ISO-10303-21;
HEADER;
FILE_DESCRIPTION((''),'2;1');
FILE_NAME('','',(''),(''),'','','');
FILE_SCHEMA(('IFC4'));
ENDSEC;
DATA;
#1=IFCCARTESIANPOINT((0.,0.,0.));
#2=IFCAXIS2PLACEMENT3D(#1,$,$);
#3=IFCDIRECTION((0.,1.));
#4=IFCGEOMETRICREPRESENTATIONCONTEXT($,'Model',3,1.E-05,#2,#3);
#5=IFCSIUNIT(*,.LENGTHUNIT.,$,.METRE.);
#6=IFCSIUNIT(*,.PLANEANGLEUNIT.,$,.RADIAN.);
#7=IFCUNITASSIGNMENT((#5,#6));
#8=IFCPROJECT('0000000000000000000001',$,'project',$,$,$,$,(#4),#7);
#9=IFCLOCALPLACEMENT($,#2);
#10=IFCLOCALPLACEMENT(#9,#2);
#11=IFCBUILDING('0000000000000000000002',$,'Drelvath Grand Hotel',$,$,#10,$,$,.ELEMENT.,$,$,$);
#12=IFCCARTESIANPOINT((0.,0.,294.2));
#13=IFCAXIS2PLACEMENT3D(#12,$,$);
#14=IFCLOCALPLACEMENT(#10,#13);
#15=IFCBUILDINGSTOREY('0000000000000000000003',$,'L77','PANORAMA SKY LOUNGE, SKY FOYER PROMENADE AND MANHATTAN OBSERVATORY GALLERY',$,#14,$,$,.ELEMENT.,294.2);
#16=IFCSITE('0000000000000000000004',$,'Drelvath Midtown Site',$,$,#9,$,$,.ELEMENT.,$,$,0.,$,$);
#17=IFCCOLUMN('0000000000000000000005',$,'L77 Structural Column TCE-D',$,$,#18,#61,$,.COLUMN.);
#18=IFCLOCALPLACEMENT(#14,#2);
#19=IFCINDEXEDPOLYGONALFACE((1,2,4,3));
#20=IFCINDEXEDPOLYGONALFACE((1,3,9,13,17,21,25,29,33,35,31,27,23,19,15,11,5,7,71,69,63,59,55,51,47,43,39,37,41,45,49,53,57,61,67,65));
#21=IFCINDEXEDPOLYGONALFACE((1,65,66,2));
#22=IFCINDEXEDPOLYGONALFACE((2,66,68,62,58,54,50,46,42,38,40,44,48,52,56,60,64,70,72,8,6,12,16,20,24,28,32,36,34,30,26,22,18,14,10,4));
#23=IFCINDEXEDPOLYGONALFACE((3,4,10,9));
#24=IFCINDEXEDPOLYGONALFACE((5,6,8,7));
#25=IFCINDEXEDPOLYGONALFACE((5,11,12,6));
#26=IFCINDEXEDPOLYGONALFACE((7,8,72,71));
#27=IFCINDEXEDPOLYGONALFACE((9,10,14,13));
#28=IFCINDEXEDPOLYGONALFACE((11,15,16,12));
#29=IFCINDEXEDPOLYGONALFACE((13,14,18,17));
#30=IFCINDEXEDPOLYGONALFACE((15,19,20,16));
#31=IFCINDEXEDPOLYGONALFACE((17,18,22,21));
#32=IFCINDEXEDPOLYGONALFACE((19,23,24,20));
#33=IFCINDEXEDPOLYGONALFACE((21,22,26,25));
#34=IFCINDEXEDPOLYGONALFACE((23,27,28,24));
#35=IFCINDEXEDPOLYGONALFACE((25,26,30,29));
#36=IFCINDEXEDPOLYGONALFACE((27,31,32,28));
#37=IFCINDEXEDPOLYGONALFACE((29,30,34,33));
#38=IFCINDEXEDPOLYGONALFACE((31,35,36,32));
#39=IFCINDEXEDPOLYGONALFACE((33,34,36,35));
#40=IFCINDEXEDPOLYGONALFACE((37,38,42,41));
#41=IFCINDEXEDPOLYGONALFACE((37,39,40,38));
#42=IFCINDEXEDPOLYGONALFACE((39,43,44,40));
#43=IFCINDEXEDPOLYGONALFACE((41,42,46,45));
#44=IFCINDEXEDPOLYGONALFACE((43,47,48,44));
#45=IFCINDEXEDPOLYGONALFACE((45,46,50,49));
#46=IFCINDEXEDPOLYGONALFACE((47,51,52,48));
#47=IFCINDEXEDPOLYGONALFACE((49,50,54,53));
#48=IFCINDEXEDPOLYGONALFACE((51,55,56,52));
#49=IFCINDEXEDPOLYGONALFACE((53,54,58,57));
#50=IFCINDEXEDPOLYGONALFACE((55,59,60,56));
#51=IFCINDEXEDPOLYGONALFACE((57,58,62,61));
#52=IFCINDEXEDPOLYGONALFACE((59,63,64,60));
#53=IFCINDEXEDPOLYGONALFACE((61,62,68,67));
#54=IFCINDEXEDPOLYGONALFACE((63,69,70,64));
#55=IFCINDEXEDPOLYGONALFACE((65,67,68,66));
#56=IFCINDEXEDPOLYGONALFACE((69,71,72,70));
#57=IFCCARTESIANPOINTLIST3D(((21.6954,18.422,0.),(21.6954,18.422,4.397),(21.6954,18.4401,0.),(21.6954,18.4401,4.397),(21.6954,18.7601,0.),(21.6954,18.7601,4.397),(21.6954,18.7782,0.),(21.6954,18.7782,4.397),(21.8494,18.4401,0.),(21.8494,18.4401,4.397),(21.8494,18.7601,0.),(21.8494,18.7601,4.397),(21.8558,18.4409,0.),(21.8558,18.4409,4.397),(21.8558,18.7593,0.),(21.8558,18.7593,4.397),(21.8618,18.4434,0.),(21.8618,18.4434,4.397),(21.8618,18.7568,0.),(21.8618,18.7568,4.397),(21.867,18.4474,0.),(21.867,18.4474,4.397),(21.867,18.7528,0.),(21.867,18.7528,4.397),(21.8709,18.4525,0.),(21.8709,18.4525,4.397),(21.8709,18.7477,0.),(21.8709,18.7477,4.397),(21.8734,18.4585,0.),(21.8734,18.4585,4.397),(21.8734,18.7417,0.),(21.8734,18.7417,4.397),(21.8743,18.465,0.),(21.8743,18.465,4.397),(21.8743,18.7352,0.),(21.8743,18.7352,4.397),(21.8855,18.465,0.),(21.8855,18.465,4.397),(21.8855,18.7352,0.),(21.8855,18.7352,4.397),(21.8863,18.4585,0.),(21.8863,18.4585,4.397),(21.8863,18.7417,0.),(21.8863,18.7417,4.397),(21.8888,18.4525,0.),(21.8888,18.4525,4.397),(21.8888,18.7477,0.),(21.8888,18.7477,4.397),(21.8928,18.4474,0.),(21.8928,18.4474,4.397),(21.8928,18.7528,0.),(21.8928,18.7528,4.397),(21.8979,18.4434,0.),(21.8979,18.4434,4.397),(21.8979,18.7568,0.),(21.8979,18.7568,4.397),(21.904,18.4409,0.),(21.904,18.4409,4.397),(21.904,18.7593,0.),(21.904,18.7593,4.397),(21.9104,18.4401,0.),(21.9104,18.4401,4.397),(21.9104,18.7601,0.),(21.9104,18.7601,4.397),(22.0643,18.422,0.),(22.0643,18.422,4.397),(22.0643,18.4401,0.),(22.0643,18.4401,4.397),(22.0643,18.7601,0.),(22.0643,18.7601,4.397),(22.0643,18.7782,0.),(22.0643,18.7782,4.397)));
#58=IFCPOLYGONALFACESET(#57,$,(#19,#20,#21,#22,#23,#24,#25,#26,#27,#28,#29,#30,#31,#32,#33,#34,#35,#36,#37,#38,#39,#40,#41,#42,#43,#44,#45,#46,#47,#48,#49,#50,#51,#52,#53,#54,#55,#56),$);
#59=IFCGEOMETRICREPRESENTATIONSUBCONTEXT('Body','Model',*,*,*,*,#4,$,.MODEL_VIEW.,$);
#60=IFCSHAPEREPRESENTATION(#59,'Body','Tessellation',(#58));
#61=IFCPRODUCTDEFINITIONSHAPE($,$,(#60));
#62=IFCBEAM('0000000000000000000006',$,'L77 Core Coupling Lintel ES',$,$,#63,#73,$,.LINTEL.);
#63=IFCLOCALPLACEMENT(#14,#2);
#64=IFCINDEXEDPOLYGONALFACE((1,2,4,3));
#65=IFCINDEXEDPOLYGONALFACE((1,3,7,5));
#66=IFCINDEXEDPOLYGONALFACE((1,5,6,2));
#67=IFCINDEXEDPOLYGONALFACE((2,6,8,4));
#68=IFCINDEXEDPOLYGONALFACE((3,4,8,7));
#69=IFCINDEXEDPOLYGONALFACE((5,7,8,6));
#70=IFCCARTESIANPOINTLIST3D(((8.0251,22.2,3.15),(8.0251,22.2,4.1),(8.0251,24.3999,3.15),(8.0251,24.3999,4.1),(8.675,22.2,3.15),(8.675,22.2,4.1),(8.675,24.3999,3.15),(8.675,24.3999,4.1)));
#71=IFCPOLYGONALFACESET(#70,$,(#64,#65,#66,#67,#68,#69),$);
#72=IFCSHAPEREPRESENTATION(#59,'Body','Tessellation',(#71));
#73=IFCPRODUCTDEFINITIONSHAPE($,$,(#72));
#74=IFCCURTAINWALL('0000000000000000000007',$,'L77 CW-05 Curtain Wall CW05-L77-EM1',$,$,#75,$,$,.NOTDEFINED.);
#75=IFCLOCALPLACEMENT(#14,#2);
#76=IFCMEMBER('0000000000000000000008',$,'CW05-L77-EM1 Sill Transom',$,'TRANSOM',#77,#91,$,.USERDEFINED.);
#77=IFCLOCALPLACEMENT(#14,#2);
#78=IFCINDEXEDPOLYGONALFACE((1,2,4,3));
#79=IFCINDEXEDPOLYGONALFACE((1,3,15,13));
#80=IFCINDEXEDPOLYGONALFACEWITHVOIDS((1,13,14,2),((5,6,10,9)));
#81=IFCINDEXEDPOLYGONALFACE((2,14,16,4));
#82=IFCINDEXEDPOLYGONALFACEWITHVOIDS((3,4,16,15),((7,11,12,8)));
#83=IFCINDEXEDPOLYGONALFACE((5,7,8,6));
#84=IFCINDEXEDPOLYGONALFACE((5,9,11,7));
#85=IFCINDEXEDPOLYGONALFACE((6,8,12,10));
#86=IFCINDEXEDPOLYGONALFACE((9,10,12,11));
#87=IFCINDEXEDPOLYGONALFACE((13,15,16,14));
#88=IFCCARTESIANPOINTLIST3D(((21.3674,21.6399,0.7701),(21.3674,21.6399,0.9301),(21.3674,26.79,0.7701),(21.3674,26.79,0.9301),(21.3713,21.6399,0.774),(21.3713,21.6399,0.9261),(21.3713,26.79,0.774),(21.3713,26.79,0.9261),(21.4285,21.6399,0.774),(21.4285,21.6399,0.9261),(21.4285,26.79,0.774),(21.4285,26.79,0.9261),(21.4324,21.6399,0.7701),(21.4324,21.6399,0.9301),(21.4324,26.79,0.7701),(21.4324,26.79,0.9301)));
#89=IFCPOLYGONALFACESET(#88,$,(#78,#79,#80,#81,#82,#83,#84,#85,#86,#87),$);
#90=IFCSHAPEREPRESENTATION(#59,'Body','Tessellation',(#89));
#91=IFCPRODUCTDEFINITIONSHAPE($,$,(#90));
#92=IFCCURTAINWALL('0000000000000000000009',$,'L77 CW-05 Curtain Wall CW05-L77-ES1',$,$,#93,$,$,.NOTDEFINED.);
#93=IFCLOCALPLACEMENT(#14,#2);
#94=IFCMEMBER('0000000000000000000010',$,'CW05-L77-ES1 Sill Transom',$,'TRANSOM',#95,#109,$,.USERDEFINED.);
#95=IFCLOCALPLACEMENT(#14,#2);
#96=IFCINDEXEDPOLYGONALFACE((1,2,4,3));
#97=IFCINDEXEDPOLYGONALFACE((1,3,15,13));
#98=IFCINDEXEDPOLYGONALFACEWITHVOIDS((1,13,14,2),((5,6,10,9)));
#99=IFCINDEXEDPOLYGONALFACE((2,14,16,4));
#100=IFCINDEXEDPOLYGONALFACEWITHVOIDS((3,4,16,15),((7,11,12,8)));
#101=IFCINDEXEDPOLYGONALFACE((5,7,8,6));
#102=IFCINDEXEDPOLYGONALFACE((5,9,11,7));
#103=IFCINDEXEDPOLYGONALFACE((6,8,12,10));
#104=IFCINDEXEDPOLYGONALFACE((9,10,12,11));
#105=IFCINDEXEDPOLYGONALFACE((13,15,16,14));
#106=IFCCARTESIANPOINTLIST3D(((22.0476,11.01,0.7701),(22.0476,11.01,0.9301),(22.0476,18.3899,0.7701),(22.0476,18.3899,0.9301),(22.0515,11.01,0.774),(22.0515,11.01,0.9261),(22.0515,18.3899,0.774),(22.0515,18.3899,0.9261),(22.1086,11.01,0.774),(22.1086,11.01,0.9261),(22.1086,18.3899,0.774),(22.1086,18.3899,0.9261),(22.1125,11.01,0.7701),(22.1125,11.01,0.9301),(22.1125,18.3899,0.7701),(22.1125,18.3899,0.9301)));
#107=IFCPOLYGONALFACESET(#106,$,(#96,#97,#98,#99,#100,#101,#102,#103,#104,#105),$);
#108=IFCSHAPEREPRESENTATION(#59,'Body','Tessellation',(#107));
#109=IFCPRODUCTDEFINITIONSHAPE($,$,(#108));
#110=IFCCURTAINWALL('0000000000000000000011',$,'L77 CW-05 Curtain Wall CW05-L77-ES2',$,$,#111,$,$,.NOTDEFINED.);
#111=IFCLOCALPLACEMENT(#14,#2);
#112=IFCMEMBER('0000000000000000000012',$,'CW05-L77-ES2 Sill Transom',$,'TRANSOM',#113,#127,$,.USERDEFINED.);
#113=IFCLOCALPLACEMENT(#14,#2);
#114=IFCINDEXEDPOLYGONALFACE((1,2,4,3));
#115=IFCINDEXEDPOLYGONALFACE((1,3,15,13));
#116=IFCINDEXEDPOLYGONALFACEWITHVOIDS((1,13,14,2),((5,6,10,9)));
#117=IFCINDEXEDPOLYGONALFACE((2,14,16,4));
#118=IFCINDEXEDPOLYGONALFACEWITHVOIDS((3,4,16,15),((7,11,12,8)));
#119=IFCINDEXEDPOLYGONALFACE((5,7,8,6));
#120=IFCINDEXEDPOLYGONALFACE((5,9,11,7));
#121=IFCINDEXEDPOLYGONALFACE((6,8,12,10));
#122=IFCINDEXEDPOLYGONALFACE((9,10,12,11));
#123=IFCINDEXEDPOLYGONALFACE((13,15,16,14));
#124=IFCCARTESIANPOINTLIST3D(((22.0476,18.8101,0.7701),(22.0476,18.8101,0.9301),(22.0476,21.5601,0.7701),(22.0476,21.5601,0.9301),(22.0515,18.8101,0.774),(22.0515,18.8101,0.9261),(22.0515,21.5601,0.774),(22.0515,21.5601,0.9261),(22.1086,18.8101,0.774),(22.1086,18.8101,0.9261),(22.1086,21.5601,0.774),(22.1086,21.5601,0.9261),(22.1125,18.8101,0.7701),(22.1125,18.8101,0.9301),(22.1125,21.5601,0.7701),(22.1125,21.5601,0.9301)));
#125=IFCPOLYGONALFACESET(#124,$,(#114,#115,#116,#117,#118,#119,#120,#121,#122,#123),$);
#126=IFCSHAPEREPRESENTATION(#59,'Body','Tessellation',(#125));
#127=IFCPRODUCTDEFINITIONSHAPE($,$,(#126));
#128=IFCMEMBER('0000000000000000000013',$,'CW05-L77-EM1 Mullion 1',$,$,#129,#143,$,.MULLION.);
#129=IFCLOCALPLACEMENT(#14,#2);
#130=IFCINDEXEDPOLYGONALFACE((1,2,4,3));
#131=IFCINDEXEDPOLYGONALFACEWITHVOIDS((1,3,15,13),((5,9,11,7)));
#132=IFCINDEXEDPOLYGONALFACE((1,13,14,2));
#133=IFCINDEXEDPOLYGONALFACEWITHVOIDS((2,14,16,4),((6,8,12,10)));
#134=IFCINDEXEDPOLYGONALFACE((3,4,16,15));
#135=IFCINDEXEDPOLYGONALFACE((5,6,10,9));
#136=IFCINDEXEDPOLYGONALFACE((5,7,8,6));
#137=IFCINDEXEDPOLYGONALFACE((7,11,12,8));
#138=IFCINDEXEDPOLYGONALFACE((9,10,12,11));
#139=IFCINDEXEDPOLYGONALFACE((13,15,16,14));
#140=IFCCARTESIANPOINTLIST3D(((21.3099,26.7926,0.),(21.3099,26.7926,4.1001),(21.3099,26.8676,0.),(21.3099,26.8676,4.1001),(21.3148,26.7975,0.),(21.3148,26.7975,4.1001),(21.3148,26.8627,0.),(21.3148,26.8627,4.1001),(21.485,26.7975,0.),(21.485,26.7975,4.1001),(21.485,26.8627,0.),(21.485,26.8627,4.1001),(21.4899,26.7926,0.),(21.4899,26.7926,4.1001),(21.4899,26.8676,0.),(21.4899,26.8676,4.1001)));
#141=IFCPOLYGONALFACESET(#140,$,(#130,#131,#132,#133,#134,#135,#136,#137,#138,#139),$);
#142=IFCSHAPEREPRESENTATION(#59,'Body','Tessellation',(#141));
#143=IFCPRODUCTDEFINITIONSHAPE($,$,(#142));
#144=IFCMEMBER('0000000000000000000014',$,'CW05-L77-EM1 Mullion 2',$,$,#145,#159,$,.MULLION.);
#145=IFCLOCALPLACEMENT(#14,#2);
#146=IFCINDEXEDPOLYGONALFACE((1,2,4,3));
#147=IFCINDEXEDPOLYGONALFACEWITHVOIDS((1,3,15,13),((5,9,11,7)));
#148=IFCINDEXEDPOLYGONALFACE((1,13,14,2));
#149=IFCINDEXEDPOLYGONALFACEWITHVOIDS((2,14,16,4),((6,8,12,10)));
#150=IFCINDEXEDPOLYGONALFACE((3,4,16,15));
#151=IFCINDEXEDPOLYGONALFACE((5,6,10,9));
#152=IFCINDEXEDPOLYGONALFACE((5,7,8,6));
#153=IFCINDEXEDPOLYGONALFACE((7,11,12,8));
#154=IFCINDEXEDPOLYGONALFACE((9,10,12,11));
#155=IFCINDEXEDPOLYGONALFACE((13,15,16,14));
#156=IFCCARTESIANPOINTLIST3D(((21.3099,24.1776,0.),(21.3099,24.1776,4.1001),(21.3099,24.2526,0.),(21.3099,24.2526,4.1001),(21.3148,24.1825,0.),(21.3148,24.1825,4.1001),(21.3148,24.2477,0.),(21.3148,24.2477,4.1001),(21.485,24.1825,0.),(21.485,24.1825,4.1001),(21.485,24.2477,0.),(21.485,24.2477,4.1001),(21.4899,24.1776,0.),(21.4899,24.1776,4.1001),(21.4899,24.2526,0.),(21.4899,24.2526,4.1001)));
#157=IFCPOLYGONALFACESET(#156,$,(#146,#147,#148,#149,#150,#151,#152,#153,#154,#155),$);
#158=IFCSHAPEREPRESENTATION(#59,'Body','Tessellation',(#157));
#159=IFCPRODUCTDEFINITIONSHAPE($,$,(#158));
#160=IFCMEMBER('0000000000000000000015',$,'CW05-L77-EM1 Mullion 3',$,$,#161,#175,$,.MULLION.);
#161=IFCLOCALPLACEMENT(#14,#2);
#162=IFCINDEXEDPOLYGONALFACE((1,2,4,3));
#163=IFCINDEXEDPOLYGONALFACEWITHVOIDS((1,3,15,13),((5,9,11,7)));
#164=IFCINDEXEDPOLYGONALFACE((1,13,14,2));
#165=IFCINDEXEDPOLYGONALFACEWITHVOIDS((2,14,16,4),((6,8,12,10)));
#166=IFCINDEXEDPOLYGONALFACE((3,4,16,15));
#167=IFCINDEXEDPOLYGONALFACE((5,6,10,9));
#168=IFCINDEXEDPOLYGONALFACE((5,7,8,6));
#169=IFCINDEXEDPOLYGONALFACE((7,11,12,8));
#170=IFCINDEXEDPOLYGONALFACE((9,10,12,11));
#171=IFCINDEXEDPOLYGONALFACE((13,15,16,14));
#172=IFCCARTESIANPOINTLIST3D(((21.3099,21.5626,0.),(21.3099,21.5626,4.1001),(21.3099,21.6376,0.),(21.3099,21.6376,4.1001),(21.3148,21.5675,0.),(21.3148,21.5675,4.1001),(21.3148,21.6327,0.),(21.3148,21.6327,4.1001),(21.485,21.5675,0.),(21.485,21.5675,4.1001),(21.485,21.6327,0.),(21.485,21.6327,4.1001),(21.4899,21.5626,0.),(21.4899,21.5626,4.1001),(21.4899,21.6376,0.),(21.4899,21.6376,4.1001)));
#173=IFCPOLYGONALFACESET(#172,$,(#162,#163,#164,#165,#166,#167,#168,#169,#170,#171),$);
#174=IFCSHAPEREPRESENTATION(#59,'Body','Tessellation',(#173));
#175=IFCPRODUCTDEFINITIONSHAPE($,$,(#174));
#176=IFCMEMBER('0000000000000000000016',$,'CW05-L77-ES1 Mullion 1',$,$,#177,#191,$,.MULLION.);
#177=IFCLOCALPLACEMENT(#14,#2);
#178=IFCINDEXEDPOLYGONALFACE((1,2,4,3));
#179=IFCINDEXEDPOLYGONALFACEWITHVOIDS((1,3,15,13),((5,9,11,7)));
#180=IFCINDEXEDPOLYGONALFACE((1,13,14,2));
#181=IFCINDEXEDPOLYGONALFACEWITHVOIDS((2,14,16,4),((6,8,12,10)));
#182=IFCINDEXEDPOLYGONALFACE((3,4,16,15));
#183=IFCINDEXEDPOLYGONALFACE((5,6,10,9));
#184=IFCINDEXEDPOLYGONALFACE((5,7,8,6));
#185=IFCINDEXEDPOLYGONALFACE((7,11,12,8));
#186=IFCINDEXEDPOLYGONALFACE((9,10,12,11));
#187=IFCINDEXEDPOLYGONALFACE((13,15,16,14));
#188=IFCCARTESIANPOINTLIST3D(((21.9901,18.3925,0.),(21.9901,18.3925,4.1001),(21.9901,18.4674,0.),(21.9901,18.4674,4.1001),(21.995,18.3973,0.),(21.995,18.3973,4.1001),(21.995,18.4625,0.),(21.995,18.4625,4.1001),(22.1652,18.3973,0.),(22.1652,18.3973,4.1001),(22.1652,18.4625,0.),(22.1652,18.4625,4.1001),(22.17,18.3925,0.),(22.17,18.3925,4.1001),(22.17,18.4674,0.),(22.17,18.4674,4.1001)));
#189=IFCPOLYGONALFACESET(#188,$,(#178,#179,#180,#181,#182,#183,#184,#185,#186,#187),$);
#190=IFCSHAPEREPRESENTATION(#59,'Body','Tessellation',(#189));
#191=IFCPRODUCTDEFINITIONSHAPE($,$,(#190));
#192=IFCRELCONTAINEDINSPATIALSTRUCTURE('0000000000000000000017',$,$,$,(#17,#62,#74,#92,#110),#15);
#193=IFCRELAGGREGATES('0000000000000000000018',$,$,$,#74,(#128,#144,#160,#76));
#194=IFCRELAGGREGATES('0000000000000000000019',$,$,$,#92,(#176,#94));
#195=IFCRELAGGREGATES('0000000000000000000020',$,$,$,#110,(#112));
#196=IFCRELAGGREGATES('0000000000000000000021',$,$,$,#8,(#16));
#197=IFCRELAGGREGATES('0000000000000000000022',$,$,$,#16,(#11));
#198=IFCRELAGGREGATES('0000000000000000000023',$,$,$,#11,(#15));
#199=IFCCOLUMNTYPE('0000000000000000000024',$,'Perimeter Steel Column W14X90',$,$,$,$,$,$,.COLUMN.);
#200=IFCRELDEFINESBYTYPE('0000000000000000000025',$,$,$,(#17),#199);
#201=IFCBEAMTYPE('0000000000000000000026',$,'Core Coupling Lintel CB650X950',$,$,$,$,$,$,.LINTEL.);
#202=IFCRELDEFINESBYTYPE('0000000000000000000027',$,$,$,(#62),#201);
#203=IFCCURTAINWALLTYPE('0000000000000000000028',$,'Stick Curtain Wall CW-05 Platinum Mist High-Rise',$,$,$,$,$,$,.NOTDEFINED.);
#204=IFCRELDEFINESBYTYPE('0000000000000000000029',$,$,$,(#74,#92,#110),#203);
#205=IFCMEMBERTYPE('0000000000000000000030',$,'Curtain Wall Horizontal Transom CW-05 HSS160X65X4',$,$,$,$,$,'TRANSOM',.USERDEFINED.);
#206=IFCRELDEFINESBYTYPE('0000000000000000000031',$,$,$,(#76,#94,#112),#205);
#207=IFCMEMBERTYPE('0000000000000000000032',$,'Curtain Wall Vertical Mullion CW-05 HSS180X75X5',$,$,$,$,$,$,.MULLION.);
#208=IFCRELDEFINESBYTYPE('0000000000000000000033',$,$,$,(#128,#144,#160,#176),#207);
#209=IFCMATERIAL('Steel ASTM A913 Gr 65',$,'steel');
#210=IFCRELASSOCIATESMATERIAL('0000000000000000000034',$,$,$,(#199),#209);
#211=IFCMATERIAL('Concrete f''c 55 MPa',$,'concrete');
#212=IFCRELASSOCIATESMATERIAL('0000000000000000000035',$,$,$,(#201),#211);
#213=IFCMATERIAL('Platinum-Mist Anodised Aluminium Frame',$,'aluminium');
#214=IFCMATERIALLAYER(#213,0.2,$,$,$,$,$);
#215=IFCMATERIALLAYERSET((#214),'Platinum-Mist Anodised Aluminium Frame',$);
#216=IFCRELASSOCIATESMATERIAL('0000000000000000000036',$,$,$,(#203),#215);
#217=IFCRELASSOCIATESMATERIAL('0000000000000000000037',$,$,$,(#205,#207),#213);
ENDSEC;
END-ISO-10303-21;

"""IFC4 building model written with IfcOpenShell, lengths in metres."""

from ifc_helpers import new_model, si_unit, direction, frame, origin, origin_2d, place, context, subcontext, project, spatial, rectangle, hollow_rectangle, i_section, extrude, material, layer, layer_set, material_profile, profile_set, type_object, element, aggregate, save


model = new_model("IFC4")

# Units and contexts
model_context = context("Model", 3, precision=1e-05, world=origin(), true_north=direction((0.0, 1.0)))
body_context = subcontext(model_context, "Body", "Model", "MODEL_VIEW")
ifc_project = project(units=[si_unit("LENGTHUNIT", "METRE"), si_unit("PLANEANGLEUNIT", "RADIAN")], contexts=[model_context])

# Site, building, storey
site_placement = place(None, origin())
site = spatial("IfcSite", under=ifc_project, at=site_placement, Name="Drelvath Midtown Site", CompositionType="ELEMENT", RefElevation=0.0)
building_placement = place(site_placement, origin())
building = spatial("IfcBuilding", under=site, at=building_placement, Name="Drelvath Grand Hotel", CompositionType="ELEMENT")
storey_placement = place(building_placement, frame((0.0, 0.0, 294.2)))
storey = spatial("IfcBuildingStorey", under=building, at=storey_placement, Name="L77", Description="PANORAMA SKY LOUNGE, SKY FOYER PROMENADE AND MANHATTAN OBSERVATORY GALLERY", CompositionType="ELEMENT", Elevation=294.2)

# Column
ifc_material_1 = material(Name="Steel ASTM A913 Gr 65", Category="steel")
ifc_material_profile_1 = material_profile(ifc_material_1, i_section(OverallWidth=0.3689, OverallDepth=0.3562, WebThickness=0.0112, FlangeThickness=0.0181, FilletRadius=0.0249, at=origin_2d()), Name="W14X90")
ifc_profile_set_1 = profile_set([ifc_material_profile_1], Name="Steel ASTM A913 Gr 65")
column_type = type_object("IfcColumnType", Name="Perimeter Steel Column W14X90", PredefinedType="COLUMN", material=ifc_profile_set_1)
column_placement = place(storey_placement, frame((21.8799, 18.6001, 0.0), z_axis=(0.0, 0.0, 1.0), x_axis=(1.0, 0.0, 0.0)))
element("IfcColumn", 1, at=column_placement, inside=storey, type_object=column_type, Name="L77 Structural Column TCE-D", PredefinedType="COLUMN", context=body_context, shape_type="SweptSolid", body=[
    extrude(i_section(OverallWidth=0.3689, OverallDepth=0.3562, WebThickness=0.0112, FlangeThickness=0.0181, FilletRadius=0.0249, at=origin_2d()), origin(), (0.0, 0.0, 1.0), 4.397),
])

# Beam
ifc_material_2 = material(Name="Concrete f'c 55 MPa", Category="concrete")
ifc_material_profile_2 = material_profile(ifc_material_2, rectangle(XDim=0.6499, YDim=0.95, at=origin_2d()), Name="CB650X950")
ifc_profile_set_2 = profile_set([ifc_material_profile_2], Name="Concrete f'c 55 MPa")
beam_type_1 = type_object("IfcBeamType", Name="Core Coupling Lintel CB650X950", PredefinedType="LINTEL", material=ifc_profile_set_2)
beam_1_placement = place(storey_placement, frame((8.3501, 22.2, 3.625), z_axis=(0.0, 1.0, 0.0), x_axis=(-1.0, 0.0, 0.0)))
element("IfcBeam", 2, at=beam_1_placement, inside=storey, type_object=beam_type_1, Name="L77 Core Coupling Lintel ES", PredefinedType="LINTEL", context=body_context, shape_type="SweptSolid", body=[
    extrude(rectangle(XDim=0.6499, YDim=0.95, at=origin_2d()), origin(), (0.0, 0.0, 1.0), 2.2),
])

# Curtain walls, members
ifc_material_3 = material(Name="Platinum-Mist Anodised Aluminium Frame", Category="aluminium")
ifc_layer_1 = layer(ifc_material_3, 0.2)
ifc_layer_set_1 = layer_set([ifc_layer_1], Name="Platinum-Mist Anodised Aluminium Frame")
curtain_wall_type = type_object("IfcCurtainWallType", Name="Stick Curtain Wall CW-05 Platinum Mist High-Rise", PredefinedType="NOTDEFINED", material=ifc_layer_set_1)
curtain_wall_1_placement = place(storey_placement, origin())
curtain_wall_1 = element("IfcCurtainWall", 3, at=curtain_wall_1_placement, inside=storey, type_object=curtain_wall_type, Name="L77 CW-05 Curtain Wall CW05-L77-EM1", PredefinedType="NOTDEFINED")
ifc_material_profile_3 = material_profile(ifc_material_3, hollow_rectangle(XDim=0.0649, YDim=0.1599, WallThickness=0.0039, at=origin_2d()), Name="HSS160X65X4")
ifc_profile_set_3 = profile_set([ifc_material_profile_3], Name="Platinum-Mist Anodised Aluminium Frame")
member_type_1 = type_object("IfcMemberType", Name="Curtain Wall Horizontal Transom CW-05 HSS160X65X4", ElementType="TRANSOM", PredefinedType="USERDEFINED", material=ifc_profile_set_3)
member_1_placement = place(storey_placement, frame((21.3999, 26.79, 0.8501), z_axis=(0.0, -1.0, 0.0), x_axis=(1.0, 0.0, 0.0)))
member_1 = element("IfcMember", 4, at=member_1_placement, type_object=member_type_1, Name="CW05-L77-EM1 Sill Transom", ObjectType="TRANSOM", PredefinedType="USERDEFINED", context=body_context, shape_type="SweptSolid", body=[
    extrude(hollow_rectangle(XDim=0.0649, YDim=0.1599, WallThickness=0.0039, at=origin_2d()), origin(), (0.0, 0.0, 1.0), 5.1501),
])
curtain_wall_2_placement = place(storey_placement, origin())
curtain_wall_2 = element("IfcCurtainWall", 5, at=curtain_wall_2_placement, inside=storey, type_object=curtain_wall_type, Name="L77 CW-05 Curtain Wall CW05-L77-ES1", PredefinedType="NOTDEFINED")
member_2_placement = place(storey_placement, frame((22.0801, 18.3899, 0.8501), z_axis=(0.0, -1.0, 0.0), x_axis=(1.0, 0.0, 0.0)))
member_2 = element("IfcMember", 6, at=member_2_placement, type_object=member_type_1, Name="CW05-L77-ES1 Sill Transom", ObjectType="TRANSOM", PredefinedType="USERDEFINED", context=body_context, shape_type="SweptSolid", body=[
    extrude(hollow_rectangle(XDim=0.0649, YDim=0.1599, WallThickness=0.0039, at=origin_2d()), origin(), (0.0, 0.0, 1.0), 7.3799),
])
curtain_wall_3_placement = place(storey_placement, origin())
curtain_wall_3 = element("IfcCurtainWall", 7, at=curtain_wall_3_placement, inside=storey, type_object=curtain_wall_type, Name="L77 CW-05 Curtain Wall CW05-L77-ES2", PredefinedType="NOTDEFINED")
member_3_placement = place(storey_placement, frame((22.0801, 21.5601, 0.8501), z_axis=(0.0, -1.0, 0.0), x_axis=(1.0, 0.0, 0.0)))
member_3 = element("IfcMember", 8, at=member_3_placement, type_object=member_type_1, Name="CW05-L77-ES2 Sill Transom", ObjectType="TRANSOM", PredefinedType="USERDEFINED", context=body_context, shape_type="SweptSolid", body=[
    extrude(hollow_rectangle(XDim=0.0649, YDim=0.1599, WallThickness=0.0039, at=origin_2d()), origin(), (0.0, 0.0, 1.0), 2.75),
])

# Members
ifc_material_profile_4 = material_profile(ifc_material_3, hollow_rectangle(XDim=0.075, YDim=0.1799, WallThickness=0.0049, at=origin_2d()), Name="HSS180X75X5")
ifc_profile_set_4 = profile_set([ifc_material_profile_4], Name="Platinum-Mist Anodised Aluminium Frame")
member_type_2 = type_object("IfcMemberType", Name="Curtain Wall Vertical Mullion CW-05 HSS180X75X5", PredefinedType="MULLION", material=ifc_profile_set_4)
member_4_placement = place(storey_placement, frame((21.3999, 26.8301, 0.0), z_axis=(0.0, 0.0, 1.0), x_axis=(0.0, 1.0, 0.0)))
member_4 = element("IfcMember", 9, at=member_4_placement, type_object=member_type_2, Name="CW05-L77-EM1 Mullion 1", PredefinedType="MULLION", context=body_context, shape_type="SweptSolid", body=[
    extrude(hollow_rectangle(XDim=0.075, YDim=0.1799, WallThickness=0.0049, at=origin_2d()), origin(), (0.0, 0.0, 1.0), 4.1001),
])
member_5_placement = place(storey_placement, frame((21.3999, 24.2151, 0.0), z_axis=(0.0, 0.0, 1.0), x_axis=(0.0, 1.0, 0.0)))
member_5 = element("IfcMember", 10, at=member_5_placement, type_object=member_type_2, Name="CW05-L77-EM1 Mullion 2", PredefinedType="MULLION", context=body_context, shape_type="SweptSolid", body=[
    extrude(hollow_rectangle(XDim=0.075, YDim=0.1799, WallThickness=0.0049, at=origin_2d()), origin(), (0.0, 0.0, 1.0), 4.1001),
])
member_6_placement = place(storey_placement, frame((21.3999, 21.6001, 0.0), z_axis=(0.0, 0.0, 1.0), x_axis=(0.0, 1.0, 0.0)))
member_6 = element("IfcMember", 11, at=member_6_placement, type_object=member_type_2, Name="CW05-L77-EM1 Mullion 3", PredefinedType="MULLION", context=body_context, shape_type="SweptSolid", body=[
    extrude(hollow_rectangle(XDim=0.075, YDim=0.1799, WallThickness=0.0049, at=origin_2d()), origin(), (0.0, 0.0, 1.0), 4.1001),
])
member_7_placement = place(storey_placement, frame((22.0801, 18.4299, 0.0), z_axis=(0.0, 0.0, 1.0), x_axis=(0.0, 1.0, 0.0)))
member_7 = element("IfcMember", 12, at=member_7_placement, type_object=member_type_2, Name="CW05-L77-ES1 Mullion 1", PredefinedType="MULLION", context=body_context, shape_type="SweptSolid", body=[
    extrude(hollow_rectangle(XDim=0.075, YDim=0.1799, WallThickness=0.0049, at=origin_2d()), origin(), (0.0, 0.0, 1.0), 4.1001),
])

aggregate(curtain_wall_1, [member_4, member_5, member_6, member_1])
aggregate(curtain_wall_2, [member_7, member_2])
aggregate(curtain_wall_3, [member_3])

save(model, "model.ifc")
